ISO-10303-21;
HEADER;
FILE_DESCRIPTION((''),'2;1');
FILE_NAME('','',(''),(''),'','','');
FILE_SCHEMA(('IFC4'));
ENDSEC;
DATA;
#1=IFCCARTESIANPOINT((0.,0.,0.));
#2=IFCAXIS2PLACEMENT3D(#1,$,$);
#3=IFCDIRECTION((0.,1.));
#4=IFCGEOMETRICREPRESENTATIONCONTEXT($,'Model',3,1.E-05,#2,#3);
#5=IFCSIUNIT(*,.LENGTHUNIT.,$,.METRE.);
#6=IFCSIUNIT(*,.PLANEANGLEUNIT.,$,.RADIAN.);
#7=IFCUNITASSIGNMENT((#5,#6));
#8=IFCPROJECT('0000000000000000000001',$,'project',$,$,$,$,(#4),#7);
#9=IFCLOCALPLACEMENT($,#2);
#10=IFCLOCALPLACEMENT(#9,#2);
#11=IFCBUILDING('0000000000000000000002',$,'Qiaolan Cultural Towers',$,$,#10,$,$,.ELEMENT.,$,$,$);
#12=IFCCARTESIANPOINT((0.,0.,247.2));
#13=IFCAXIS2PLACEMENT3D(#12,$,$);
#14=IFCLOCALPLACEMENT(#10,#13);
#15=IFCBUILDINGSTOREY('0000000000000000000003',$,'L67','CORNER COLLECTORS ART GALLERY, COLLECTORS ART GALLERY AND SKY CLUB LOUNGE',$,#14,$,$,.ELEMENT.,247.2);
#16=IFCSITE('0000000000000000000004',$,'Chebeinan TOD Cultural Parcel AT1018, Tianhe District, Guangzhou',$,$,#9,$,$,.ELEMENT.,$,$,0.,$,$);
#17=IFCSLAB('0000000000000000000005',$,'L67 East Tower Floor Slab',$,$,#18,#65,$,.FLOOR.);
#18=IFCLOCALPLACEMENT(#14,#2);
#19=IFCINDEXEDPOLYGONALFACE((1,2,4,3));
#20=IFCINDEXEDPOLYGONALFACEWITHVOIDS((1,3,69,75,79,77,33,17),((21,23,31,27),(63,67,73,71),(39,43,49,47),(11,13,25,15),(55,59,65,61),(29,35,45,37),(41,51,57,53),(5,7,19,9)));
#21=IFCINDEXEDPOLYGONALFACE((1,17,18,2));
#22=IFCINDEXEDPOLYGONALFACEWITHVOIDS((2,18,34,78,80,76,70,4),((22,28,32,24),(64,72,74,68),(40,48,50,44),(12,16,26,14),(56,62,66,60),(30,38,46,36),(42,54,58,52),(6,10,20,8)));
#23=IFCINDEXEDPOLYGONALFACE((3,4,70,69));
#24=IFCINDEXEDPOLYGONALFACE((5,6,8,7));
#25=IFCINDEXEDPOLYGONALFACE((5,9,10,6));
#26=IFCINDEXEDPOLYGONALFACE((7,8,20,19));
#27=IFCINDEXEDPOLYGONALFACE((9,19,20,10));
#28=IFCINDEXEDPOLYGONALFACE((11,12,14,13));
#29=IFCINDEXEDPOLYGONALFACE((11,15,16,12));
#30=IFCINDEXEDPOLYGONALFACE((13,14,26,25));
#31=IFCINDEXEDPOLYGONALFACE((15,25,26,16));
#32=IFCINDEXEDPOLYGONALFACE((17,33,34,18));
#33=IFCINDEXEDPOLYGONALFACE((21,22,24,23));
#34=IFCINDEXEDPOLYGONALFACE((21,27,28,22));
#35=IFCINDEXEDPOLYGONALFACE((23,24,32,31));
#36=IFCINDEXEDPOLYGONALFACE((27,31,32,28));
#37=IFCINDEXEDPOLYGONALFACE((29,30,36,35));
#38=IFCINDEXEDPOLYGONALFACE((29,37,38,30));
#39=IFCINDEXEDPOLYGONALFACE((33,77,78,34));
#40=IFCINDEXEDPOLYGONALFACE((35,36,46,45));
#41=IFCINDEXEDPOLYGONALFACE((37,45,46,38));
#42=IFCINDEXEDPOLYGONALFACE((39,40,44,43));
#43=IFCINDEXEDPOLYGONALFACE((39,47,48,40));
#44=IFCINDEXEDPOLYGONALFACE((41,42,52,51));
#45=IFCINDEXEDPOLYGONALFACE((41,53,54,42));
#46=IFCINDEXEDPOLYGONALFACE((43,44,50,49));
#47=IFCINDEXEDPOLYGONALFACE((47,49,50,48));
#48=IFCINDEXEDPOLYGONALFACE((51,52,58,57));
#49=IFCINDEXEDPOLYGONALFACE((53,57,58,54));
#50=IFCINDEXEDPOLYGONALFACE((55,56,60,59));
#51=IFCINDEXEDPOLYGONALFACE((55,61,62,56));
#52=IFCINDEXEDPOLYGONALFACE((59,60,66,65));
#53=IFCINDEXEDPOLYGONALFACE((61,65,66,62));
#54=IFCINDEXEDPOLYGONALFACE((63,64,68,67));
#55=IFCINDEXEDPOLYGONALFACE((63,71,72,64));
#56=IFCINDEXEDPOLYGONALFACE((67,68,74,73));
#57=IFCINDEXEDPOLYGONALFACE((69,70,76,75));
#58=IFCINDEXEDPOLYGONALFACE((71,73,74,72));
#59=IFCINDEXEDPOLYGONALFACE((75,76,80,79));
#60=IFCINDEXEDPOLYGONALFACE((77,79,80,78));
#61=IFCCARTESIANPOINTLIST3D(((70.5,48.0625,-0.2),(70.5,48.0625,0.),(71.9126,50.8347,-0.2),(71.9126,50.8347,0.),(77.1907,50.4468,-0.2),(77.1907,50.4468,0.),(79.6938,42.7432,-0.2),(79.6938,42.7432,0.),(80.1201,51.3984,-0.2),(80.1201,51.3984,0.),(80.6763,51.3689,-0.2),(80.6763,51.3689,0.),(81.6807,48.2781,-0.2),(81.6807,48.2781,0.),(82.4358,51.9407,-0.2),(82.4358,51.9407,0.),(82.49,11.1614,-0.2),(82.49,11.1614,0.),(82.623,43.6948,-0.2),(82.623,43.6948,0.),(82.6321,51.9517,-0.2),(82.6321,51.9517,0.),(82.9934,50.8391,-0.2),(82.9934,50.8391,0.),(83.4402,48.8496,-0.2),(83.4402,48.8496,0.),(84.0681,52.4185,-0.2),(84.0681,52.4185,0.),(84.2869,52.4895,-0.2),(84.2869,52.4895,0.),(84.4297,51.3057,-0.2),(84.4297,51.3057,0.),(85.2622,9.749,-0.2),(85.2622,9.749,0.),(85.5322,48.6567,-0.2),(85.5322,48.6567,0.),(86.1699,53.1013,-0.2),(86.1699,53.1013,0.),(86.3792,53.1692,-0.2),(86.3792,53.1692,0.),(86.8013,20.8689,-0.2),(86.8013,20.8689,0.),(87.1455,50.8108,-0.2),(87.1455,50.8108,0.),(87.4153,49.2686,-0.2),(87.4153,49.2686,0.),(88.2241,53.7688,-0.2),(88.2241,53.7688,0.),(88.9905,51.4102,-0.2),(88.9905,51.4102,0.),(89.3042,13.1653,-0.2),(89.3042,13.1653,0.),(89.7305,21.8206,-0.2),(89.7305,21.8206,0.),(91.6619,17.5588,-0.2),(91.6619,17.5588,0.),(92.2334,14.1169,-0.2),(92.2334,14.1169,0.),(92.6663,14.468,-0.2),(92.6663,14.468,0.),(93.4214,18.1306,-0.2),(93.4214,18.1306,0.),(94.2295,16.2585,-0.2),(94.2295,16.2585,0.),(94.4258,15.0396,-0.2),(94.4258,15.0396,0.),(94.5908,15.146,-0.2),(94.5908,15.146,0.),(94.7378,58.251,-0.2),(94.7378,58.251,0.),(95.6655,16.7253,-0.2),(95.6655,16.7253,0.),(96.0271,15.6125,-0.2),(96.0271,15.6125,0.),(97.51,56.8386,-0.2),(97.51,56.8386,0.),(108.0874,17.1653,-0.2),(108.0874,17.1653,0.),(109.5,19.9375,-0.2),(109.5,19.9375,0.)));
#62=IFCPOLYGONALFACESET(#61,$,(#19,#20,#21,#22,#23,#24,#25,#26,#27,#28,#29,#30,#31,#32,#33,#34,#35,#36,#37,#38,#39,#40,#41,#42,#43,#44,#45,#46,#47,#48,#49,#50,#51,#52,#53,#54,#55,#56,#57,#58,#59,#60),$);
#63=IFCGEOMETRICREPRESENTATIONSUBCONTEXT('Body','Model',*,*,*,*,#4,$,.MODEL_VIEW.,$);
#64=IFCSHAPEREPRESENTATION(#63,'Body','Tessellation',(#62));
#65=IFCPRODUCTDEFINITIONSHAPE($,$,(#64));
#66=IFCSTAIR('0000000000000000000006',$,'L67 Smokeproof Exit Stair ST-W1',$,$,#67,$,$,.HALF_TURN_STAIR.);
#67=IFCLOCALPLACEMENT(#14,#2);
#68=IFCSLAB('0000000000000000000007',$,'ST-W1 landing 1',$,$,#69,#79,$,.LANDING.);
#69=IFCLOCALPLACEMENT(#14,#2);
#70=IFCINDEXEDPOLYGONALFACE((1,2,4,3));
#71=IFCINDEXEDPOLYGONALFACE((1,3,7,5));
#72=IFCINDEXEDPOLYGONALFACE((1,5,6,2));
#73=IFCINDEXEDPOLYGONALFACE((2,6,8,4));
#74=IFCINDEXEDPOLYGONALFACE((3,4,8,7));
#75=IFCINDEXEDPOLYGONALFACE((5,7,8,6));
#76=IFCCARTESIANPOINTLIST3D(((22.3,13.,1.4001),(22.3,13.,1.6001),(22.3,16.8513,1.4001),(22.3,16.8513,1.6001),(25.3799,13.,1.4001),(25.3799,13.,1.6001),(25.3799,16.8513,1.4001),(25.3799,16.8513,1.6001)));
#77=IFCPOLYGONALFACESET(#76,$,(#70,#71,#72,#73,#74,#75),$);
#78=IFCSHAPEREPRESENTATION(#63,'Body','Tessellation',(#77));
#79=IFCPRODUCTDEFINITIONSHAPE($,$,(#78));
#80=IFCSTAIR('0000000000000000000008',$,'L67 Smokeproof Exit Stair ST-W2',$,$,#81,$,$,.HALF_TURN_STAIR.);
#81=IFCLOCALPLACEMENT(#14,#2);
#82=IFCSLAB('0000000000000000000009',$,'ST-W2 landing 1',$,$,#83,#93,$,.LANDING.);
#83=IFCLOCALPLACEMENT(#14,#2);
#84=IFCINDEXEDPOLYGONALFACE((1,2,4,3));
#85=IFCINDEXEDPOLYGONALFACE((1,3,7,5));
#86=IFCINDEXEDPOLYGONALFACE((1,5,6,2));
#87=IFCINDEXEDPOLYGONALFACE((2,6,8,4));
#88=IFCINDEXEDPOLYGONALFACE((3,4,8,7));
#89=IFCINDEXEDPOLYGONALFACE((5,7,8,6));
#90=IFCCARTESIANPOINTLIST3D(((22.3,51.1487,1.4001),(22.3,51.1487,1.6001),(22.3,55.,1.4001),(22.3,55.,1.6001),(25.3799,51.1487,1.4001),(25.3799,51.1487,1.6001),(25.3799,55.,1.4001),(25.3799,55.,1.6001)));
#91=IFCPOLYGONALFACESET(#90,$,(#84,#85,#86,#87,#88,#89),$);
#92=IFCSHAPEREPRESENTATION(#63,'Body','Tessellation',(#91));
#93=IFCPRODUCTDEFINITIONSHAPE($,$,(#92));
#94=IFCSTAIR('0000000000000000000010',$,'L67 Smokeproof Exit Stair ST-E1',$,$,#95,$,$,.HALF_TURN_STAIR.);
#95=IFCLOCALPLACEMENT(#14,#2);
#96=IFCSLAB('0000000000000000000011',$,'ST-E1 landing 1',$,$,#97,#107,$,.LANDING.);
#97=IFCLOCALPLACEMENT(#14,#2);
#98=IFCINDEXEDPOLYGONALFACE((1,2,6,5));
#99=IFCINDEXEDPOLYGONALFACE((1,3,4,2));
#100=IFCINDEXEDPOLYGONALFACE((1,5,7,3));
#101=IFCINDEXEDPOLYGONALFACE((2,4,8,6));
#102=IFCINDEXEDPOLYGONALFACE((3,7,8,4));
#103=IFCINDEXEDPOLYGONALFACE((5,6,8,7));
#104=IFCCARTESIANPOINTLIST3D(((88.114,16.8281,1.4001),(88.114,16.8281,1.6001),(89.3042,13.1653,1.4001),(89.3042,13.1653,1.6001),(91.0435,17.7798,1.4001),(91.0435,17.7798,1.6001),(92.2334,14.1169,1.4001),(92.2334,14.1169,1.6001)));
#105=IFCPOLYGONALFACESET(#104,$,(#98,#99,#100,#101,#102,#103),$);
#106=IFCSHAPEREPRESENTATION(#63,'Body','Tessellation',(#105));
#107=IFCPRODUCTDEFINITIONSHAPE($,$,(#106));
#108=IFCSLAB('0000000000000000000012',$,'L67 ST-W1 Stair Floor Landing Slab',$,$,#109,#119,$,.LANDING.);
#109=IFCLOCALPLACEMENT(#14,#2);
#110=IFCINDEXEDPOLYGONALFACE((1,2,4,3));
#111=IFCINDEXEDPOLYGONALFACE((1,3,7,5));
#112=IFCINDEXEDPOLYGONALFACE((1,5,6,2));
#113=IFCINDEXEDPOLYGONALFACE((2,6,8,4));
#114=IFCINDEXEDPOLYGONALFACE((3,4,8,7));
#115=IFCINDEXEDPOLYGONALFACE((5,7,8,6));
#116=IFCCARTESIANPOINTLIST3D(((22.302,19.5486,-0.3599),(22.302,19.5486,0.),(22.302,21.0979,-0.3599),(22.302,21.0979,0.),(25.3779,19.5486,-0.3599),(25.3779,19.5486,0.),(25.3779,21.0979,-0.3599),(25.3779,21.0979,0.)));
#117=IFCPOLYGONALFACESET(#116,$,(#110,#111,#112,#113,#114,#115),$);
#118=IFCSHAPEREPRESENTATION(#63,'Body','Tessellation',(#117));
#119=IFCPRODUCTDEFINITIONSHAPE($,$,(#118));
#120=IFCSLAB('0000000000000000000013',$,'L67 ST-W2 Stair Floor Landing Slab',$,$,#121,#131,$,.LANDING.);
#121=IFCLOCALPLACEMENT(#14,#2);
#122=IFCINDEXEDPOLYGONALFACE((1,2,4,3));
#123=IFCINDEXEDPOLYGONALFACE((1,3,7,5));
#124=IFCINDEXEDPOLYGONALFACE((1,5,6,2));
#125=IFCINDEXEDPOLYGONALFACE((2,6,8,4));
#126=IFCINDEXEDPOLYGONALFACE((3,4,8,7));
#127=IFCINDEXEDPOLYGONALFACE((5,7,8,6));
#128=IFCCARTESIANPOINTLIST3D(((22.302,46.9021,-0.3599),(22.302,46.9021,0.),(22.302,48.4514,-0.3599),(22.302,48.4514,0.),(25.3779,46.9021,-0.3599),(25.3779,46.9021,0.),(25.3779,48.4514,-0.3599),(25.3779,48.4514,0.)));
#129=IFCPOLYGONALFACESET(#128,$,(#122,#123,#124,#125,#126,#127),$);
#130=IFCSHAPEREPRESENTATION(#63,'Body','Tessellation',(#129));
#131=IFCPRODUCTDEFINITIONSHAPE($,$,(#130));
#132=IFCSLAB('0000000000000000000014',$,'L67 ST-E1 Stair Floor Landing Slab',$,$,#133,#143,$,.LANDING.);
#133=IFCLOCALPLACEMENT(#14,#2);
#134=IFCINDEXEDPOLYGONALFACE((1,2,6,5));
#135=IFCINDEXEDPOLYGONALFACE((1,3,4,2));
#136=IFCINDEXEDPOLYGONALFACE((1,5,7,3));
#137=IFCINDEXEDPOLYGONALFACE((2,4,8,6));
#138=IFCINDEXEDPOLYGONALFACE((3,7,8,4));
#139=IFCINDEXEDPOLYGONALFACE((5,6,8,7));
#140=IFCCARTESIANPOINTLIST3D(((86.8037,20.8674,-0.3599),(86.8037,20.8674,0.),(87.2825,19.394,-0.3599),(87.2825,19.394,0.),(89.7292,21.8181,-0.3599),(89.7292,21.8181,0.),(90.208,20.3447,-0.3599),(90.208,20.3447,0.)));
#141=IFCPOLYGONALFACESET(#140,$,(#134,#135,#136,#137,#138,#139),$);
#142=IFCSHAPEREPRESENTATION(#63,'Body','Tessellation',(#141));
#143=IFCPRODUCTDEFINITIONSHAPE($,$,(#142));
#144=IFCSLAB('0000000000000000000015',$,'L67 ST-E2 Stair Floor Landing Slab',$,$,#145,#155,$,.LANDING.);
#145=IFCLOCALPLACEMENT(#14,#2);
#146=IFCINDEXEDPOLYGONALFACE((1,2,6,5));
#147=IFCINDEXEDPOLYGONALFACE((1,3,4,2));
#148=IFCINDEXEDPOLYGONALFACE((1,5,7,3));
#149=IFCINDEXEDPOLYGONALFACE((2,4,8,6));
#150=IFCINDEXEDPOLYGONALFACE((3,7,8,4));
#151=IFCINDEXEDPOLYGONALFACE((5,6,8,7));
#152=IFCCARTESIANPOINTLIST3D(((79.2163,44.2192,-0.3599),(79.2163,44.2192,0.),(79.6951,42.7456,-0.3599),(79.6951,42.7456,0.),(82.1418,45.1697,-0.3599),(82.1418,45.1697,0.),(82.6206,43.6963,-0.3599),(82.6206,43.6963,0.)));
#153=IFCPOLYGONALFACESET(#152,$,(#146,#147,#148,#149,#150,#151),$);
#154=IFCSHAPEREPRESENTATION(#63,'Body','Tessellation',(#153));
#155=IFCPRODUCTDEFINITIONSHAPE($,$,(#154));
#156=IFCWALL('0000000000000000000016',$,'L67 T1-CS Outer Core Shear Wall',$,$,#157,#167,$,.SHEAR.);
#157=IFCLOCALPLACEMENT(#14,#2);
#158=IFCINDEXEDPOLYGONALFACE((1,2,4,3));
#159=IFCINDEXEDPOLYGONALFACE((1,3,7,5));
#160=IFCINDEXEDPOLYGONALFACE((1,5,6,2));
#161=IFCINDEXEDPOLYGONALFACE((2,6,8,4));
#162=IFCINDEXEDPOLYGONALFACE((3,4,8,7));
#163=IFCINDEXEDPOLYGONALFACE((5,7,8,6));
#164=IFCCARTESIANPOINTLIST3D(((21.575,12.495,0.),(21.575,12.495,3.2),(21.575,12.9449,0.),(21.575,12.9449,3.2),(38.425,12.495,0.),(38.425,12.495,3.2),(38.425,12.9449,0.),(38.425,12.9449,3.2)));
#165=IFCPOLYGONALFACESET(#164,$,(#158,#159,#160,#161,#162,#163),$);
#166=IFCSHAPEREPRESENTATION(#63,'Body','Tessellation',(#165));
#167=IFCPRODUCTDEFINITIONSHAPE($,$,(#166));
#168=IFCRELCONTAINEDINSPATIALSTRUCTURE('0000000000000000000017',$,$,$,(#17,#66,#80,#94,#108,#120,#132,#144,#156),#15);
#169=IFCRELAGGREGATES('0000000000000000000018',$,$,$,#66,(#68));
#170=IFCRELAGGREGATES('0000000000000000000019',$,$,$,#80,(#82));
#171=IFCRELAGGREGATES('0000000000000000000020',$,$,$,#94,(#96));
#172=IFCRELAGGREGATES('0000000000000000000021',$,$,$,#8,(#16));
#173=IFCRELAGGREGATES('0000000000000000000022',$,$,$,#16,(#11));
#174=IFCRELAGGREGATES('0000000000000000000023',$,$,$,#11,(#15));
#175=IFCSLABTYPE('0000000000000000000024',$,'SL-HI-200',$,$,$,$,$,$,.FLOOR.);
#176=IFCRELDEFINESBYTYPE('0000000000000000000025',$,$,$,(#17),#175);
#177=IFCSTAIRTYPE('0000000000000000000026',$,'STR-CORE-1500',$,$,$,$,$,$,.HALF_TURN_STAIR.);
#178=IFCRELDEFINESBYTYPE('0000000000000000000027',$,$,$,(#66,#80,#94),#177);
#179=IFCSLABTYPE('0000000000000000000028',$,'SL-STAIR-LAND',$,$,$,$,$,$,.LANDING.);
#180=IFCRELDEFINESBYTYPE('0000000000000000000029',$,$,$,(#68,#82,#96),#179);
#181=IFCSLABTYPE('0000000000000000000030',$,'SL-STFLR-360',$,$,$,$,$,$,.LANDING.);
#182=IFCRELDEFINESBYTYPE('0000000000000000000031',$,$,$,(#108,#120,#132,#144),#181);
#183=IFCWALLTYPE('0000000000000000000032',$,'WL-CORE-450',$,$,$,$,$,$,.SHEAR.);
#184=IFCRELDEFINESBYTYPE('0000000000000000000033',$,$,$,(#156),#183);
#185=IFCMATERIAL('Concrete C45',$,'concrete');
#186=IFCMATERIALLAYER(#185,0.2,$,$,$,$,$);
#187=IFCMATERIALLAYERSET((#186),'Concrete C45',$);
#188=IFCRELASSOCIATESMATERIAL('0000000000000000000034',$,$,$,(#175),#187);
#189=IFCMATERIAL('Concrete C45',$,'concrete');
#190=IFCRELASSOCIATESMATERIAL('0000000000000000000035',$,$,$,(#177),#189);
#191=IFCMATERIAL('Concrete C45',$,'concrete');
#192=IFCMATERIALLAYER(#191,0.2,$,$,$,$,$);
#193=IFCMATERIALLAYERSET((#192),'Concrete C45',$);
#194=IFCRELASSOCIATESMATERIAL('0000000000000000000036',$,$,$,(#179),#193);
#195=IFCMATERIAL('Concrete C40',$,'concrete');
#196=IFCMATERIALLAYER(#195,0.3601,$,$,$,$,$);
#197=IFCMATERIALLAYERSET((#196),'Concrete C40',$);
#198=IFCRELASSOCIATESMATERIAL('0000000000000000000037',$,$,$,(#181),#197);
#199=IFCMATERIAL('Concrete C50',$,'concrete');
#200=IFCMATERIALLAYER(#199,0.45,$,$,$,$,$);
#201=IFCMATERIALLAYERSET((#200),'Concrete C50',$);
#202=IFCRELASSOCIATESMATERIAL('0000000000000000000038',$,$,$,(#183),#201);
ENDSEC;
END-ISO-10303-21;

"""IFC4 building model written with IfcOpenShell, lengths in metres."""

from ifc_helpers import new_model, si_unit, direction, frame, frame_2d, origin, place, context, subcontext, project, spatial, polyline, rectangle, outline, extrude, material, layer, layer_set, type_object, element, aggregate, save


model = new_model("IFC4")

# Units and contexts
model_context = context("Model", 3, precision=1e-05, world=origin(), true_north=direction((0.0, 1.0)))
body_context = subcontext(model_context, "Body", "Model", "MODEL_VIEW")
ifc_project = project(units=[si_unit("LENGTHUNIT", "METRE"), si_unit("PLANEANGLEUNIT", "RADIAN")], contexts=[model_context])

# Site, building, storey
site_placement = place(None, origin())
site = spatial("IfcSite", under=ifc_project, at=site_placement, Name="Chebeinan TOD Cultural Parcel AT1018, Tianhe District, Guangzhou", CompositionType="ELEMENT", RefElevation=0.0)
building_placement = place(site_placement, origin())
building = spatial("IfcBuilding", under=site, at=building_placement, Name="Qiaolan Cultural Towers", CompositionType="ELEMENT")
storey_placement = place(building_placement, frame((0.0, 0.0, 247.2)))
storey = spatial("IfcBuildingStorey", under=building, at=storey_placement, Name="L67", Description="CORNER COLLECTORS ART GALLERY, COLLECTORS ART GALLERY AND SKY CLUB LOUNGE", CompositionType="ELEMENT", Elevation=247.2)

# Slab
ifc_material_1 = material(Name="Concrete C45", Category="concrete")
ifc_layer_1 = layer(ifc_material_1, 0.2)
ifc_layer_set_1 = layer_set([ifc_layer_1], Name="Concrete C45")
slab_type_1 = type_object("IfcSlabType", Name="SL-HI-200", PredefinedType="FLOOR", material=ifc_layer_set_1)
slab_1_placement = place(storey_placement, frame((0.0, 0.0, -0.2)))
element("IfcSlab", 1, at=slab_1_placement, inside=storey, type_object=slab_type_1, Name="L67 East Tower Floor Slab", PredefinedType="FLOOR", context=body_context, shape_type="SweptSolid", body=[
    extrude(outline(polyline([(85.2622, 9.749), (108.0874, 17.1653), (109.5, 19.9375), (97.51, 56.8386), (94.7378, 58.251), (71.9126, 50.8347), (70.5, 48.0625), (82.49, 11.1614), (85.2622, 9.749)]), holes=[polyline([(86.8013, 20.8689), (89.3042, 13.1653), (92.2334, 14.1169), (89.7305, 21.8206), (86.8013, 20.8689)]), polyline([(82.623, 43.6948), (80.1201, 51.3984), (77.1907, 50.4468), (79.6938, 42.7432), (82.623, 43.6948)]), polyline([(92.6663, 14.468), (94.4258, 15.0396), (93.4214, 18.1306), (91.6619, 17.5588), (92.6663, 14.468)]), polyline([(94.5908, 15.146), (96.0271, 15.6125), (95.6655, 16.7253), (94.2295, 16.2585), (94.5908, 15.146)]), polyline([(81.6807, 48.2781), (83.4402, 48.8496), (82.4358, 51.9407), (80.6763, 51.3689), (81.6807, 48.2781)]), polyline([(82.9934, 50.8391), (84.4297, 51.3057), (84.0681, 52.4185), (82.6321, 51.9517), (82.9934, 50.8391)]), polyline([(87.1455, 50.8108), (88.9905, 51.4102), (88.2241, 53.7688), (86.3792, 53.1692), (87.1455, 50.8108)]), polyline([(85.5322, 48.6567), (87.4153, 49.2686), (86.1699, 53.1013), (84.2869, 52.4895), (85.5322, 48.6567)])]), origin(), (0.0, 0.0, 1.0), 0.2),
])

# Stairs, slabs
ifc_material_2 = material(Name="Concrete C45", Category="concrete")
stair_type = type_object("IfcStairType", Name="STR-CORE-1500", PredefinedType="HALF_TURN_STAIR", material=ifc_material_2)
stair_1_placement = place(storey_placement, origin())
stair_1 = element("IfcStair", 2, at=stair_1_placement, inside=storey, type_object=stair_type, Name="L67 Smokeproof Exit Stair ST-W1", PredefinedType="HALF_TURN_STAIR")
ifc_material_3 = material(Name="Concrete C45", Category="concrete")
ifc_layer_2 = layer(ifc_material_3, 0.2)
ifc_layer_set_2 = layer_set([ifc_layer_2], Name="Concrete C45")
slab_type_2 = type_object("IfcSlabType", Name="SL-STAIR-LAND", PredefinedType="LANDING", material=ifc_layer_set_2)
slab_2_placement = place(storey_placement, frame((0.0, 0.0, 1.4001)))
slab_2 = element("IfcSlab", 3, at=slab_2_placement, type_object=slab_type_2, Name="ST-W1 landing 1", PredefinedType="LANDING", context=body_context, shape_type="SweptSolid", body=[
    extrude(outline(polyline([(22.3, 16.8513), (22.3, 13.0), (25.3799, 13.0), (25.3799, 16.8513), (22.3, 16.8513)])), origin(), (0.0, 0.0, 1.0), 0.2),
])
aggregate(stair_1, [slab_2])
stair_2_placement = place(storey_placement, origin())
stair_2 = element("IfcStair", 4, at=stair_2_placement, inside=storey, type_object=stair_type, Name="L67 Smokeproof Exit Stair ST-W2", PredefinedType="HALF_TURN_STAIR")
slab_3_placement = place(storey_placement, frame((0.0, 0.0, 1.4001)))
slab_3 = element("IfcSlab", 5, at=slab_3_placement, type_object=slab_type_2, Name="ST-W2 landing 1", PredefinedType="LANDING", context=body_context, shape_type="SweptSolid", body=[
    extrude(outline(polyline([(25.3799, 51.1487), (25.3799, 55.0), (22.3, 55.0), (22.3, 51.1487), (25.3799, 51.1487)])), origin(), (0.0, 0.0, 1.0), 0.2),
])
aggregate(stair_2, [slab_3])
stair_3_placement = place(storey_placement, origin())
stair_3 = element("IfcStair", 6, at=stair_3_placement, inside=storey, type_object=stair_type, Name="L67 Smokeproof Exit Stair ST-E1", PredefinedType="HALF_TURN_STAIR")
slab_4_placement = place(storey_placement, frame((0.0, 0.0, 1.4001)))
slab_4 = element("IfcSlab", 7, at=slab_4_placement, type_object=slab_type_2, Name="ST-E1 landing 1", PredefinedType="LANDING", context=body_context, shape_type="SweptSolid", body=[
    extrude(outline(polyline([(88.114, 16.8281), (89.3042, 13.1653), (92.2334, 14.1169), (91.0435, 17.7798), (88.114, 16.8281)])), origin(), (0.0, 0.0, 1.0), 0.2),
])
aggregate(stair_3, [slab_4])

# Slabs
ifc_material_4 = material(Name="Concrete C40", Category="concrete")
ifc_layer_3 = layer(ifc_material_4, 0.3601)
ifc_layer_set_3 = layer_set([ifc_layer_3], Name="Concrete C40")
slab_type_3 = type_object("IfcSlabType", Name="SL-STFLR-360", PredefinedType="LANDING", material=ifc_layer_set_3)
slab_5_placement = place(storey_placement, frame((0.0, 0.0, -0.3599)))
element("IfcSlab", 8, at=slab_5_placement, inside=storey, type_object=slab_type_3, Name="L67 ST-W1 Stair Floor Landing Slab", PredefinedType="LANDING", context=body_context, shape_type="SweptSolid", body=[
    extrude(outline(polyline([(22.302, 21.0979), (22.302, 19.5486), (25.3779, 19.5486), (25.3779, 21.0979), (22.302, 21.0979)])), origin(), (0.0, 0.0, 1.0), 0.3599),
])
slab_6_placement = place(storey_placement, frame((0.0, 0.0, -0.3599)))
element("IfcSlab", 9, at=slab_6_placement, inside=storey, type_object=slab_type_3, Name="L67 ST-W2 Stair Floor Landing Slab", PredefinedType="LANDING", context=body_context, shape_type="SweptSolid", body=[
    extrude(outline(polyline([(25.3779, 46.9021), (25.3779, 48.4514), (22.302, 48.4514), (22.302, 46.9021), (25.3779, 46.9021)])), origin(), (0.0, 0.0, 1.0), 0.3599),
])
slab_7_placement = place(storey_placement, frame((0.0, 0.0, -0.3599)))
element("IfcSlab", 10, at=slab_7_placement, inside=storey, type_object=slab_type_3, Name="L67 ST-E1 Stair Floor Landing Slab", PredefinedType="LANDING", context=body_context, shape_type="SweptSolid", body=[
    extrude(outline(polyline([(86.8037, 20.8674), (87.2825, 19.394), (90.208, 20.3447), (89.7292, 21.8181), (86.8037, 20.8674)])), origin(), (0.0, 0.0, 1.0), 0.3599),
])
slab_8_placement = place(storey_placement, frame((0.0, 0.0, -0.3599)))
element("IfcSlab", 11, at=slab_8_placement, inside=storey, type_object=slab_type_3, Name="L67 ST-E2 Stair Floor Landing Slab", PredefinedType="LANDING", context=body_context, shape_type="SweptSolid", body=[
    extrude(outline(polyline([(82.6206, 43.6963), (82.1418, 45.1697), (79.2163, 44.2192), (79.6951, 42.7456), (82.6206, 43.6963)])), origin(), (0.0, 0.0, 1.0), 0.3599),
])

# Wall
ifc_material_5 = material(Name="Concrete C50", Category="concrete")
ifc_layer_4 = layer(ifc_material_5, 0.45)
ifc_layer_set_4 = layer_set([ifc_layer_4], Name="Concrete C50")
wall_type_1 = type_object("IfcWallType", Name="WL-CORE-450", PredefinedType="SHEAR", material=ifc_layer_set_4)
wall_1_placement = place(storey_placement, frame((21.575, 12.72, 0.0), z_axis=(0.0, 0.0, 1.0), x_axis=(1.0, 0.0, 0.0)))
element("IfcWall", 12, at=wall_1_placement, inside=storey, type_object=wall_type_1, Name="L67 T1-CS Outer Core Shear Wall", PredefinedType="SHEAR", context=body_context, shape_type="SweptSolid", body=[
    extrude(rectangle(XDim=16.8501, YDim=0.45, at=frame_2d((8.425, 0.0))), origin(), (0.0, 0.0, 1.0), 3.2),
])

save(model, "model.ifc")
